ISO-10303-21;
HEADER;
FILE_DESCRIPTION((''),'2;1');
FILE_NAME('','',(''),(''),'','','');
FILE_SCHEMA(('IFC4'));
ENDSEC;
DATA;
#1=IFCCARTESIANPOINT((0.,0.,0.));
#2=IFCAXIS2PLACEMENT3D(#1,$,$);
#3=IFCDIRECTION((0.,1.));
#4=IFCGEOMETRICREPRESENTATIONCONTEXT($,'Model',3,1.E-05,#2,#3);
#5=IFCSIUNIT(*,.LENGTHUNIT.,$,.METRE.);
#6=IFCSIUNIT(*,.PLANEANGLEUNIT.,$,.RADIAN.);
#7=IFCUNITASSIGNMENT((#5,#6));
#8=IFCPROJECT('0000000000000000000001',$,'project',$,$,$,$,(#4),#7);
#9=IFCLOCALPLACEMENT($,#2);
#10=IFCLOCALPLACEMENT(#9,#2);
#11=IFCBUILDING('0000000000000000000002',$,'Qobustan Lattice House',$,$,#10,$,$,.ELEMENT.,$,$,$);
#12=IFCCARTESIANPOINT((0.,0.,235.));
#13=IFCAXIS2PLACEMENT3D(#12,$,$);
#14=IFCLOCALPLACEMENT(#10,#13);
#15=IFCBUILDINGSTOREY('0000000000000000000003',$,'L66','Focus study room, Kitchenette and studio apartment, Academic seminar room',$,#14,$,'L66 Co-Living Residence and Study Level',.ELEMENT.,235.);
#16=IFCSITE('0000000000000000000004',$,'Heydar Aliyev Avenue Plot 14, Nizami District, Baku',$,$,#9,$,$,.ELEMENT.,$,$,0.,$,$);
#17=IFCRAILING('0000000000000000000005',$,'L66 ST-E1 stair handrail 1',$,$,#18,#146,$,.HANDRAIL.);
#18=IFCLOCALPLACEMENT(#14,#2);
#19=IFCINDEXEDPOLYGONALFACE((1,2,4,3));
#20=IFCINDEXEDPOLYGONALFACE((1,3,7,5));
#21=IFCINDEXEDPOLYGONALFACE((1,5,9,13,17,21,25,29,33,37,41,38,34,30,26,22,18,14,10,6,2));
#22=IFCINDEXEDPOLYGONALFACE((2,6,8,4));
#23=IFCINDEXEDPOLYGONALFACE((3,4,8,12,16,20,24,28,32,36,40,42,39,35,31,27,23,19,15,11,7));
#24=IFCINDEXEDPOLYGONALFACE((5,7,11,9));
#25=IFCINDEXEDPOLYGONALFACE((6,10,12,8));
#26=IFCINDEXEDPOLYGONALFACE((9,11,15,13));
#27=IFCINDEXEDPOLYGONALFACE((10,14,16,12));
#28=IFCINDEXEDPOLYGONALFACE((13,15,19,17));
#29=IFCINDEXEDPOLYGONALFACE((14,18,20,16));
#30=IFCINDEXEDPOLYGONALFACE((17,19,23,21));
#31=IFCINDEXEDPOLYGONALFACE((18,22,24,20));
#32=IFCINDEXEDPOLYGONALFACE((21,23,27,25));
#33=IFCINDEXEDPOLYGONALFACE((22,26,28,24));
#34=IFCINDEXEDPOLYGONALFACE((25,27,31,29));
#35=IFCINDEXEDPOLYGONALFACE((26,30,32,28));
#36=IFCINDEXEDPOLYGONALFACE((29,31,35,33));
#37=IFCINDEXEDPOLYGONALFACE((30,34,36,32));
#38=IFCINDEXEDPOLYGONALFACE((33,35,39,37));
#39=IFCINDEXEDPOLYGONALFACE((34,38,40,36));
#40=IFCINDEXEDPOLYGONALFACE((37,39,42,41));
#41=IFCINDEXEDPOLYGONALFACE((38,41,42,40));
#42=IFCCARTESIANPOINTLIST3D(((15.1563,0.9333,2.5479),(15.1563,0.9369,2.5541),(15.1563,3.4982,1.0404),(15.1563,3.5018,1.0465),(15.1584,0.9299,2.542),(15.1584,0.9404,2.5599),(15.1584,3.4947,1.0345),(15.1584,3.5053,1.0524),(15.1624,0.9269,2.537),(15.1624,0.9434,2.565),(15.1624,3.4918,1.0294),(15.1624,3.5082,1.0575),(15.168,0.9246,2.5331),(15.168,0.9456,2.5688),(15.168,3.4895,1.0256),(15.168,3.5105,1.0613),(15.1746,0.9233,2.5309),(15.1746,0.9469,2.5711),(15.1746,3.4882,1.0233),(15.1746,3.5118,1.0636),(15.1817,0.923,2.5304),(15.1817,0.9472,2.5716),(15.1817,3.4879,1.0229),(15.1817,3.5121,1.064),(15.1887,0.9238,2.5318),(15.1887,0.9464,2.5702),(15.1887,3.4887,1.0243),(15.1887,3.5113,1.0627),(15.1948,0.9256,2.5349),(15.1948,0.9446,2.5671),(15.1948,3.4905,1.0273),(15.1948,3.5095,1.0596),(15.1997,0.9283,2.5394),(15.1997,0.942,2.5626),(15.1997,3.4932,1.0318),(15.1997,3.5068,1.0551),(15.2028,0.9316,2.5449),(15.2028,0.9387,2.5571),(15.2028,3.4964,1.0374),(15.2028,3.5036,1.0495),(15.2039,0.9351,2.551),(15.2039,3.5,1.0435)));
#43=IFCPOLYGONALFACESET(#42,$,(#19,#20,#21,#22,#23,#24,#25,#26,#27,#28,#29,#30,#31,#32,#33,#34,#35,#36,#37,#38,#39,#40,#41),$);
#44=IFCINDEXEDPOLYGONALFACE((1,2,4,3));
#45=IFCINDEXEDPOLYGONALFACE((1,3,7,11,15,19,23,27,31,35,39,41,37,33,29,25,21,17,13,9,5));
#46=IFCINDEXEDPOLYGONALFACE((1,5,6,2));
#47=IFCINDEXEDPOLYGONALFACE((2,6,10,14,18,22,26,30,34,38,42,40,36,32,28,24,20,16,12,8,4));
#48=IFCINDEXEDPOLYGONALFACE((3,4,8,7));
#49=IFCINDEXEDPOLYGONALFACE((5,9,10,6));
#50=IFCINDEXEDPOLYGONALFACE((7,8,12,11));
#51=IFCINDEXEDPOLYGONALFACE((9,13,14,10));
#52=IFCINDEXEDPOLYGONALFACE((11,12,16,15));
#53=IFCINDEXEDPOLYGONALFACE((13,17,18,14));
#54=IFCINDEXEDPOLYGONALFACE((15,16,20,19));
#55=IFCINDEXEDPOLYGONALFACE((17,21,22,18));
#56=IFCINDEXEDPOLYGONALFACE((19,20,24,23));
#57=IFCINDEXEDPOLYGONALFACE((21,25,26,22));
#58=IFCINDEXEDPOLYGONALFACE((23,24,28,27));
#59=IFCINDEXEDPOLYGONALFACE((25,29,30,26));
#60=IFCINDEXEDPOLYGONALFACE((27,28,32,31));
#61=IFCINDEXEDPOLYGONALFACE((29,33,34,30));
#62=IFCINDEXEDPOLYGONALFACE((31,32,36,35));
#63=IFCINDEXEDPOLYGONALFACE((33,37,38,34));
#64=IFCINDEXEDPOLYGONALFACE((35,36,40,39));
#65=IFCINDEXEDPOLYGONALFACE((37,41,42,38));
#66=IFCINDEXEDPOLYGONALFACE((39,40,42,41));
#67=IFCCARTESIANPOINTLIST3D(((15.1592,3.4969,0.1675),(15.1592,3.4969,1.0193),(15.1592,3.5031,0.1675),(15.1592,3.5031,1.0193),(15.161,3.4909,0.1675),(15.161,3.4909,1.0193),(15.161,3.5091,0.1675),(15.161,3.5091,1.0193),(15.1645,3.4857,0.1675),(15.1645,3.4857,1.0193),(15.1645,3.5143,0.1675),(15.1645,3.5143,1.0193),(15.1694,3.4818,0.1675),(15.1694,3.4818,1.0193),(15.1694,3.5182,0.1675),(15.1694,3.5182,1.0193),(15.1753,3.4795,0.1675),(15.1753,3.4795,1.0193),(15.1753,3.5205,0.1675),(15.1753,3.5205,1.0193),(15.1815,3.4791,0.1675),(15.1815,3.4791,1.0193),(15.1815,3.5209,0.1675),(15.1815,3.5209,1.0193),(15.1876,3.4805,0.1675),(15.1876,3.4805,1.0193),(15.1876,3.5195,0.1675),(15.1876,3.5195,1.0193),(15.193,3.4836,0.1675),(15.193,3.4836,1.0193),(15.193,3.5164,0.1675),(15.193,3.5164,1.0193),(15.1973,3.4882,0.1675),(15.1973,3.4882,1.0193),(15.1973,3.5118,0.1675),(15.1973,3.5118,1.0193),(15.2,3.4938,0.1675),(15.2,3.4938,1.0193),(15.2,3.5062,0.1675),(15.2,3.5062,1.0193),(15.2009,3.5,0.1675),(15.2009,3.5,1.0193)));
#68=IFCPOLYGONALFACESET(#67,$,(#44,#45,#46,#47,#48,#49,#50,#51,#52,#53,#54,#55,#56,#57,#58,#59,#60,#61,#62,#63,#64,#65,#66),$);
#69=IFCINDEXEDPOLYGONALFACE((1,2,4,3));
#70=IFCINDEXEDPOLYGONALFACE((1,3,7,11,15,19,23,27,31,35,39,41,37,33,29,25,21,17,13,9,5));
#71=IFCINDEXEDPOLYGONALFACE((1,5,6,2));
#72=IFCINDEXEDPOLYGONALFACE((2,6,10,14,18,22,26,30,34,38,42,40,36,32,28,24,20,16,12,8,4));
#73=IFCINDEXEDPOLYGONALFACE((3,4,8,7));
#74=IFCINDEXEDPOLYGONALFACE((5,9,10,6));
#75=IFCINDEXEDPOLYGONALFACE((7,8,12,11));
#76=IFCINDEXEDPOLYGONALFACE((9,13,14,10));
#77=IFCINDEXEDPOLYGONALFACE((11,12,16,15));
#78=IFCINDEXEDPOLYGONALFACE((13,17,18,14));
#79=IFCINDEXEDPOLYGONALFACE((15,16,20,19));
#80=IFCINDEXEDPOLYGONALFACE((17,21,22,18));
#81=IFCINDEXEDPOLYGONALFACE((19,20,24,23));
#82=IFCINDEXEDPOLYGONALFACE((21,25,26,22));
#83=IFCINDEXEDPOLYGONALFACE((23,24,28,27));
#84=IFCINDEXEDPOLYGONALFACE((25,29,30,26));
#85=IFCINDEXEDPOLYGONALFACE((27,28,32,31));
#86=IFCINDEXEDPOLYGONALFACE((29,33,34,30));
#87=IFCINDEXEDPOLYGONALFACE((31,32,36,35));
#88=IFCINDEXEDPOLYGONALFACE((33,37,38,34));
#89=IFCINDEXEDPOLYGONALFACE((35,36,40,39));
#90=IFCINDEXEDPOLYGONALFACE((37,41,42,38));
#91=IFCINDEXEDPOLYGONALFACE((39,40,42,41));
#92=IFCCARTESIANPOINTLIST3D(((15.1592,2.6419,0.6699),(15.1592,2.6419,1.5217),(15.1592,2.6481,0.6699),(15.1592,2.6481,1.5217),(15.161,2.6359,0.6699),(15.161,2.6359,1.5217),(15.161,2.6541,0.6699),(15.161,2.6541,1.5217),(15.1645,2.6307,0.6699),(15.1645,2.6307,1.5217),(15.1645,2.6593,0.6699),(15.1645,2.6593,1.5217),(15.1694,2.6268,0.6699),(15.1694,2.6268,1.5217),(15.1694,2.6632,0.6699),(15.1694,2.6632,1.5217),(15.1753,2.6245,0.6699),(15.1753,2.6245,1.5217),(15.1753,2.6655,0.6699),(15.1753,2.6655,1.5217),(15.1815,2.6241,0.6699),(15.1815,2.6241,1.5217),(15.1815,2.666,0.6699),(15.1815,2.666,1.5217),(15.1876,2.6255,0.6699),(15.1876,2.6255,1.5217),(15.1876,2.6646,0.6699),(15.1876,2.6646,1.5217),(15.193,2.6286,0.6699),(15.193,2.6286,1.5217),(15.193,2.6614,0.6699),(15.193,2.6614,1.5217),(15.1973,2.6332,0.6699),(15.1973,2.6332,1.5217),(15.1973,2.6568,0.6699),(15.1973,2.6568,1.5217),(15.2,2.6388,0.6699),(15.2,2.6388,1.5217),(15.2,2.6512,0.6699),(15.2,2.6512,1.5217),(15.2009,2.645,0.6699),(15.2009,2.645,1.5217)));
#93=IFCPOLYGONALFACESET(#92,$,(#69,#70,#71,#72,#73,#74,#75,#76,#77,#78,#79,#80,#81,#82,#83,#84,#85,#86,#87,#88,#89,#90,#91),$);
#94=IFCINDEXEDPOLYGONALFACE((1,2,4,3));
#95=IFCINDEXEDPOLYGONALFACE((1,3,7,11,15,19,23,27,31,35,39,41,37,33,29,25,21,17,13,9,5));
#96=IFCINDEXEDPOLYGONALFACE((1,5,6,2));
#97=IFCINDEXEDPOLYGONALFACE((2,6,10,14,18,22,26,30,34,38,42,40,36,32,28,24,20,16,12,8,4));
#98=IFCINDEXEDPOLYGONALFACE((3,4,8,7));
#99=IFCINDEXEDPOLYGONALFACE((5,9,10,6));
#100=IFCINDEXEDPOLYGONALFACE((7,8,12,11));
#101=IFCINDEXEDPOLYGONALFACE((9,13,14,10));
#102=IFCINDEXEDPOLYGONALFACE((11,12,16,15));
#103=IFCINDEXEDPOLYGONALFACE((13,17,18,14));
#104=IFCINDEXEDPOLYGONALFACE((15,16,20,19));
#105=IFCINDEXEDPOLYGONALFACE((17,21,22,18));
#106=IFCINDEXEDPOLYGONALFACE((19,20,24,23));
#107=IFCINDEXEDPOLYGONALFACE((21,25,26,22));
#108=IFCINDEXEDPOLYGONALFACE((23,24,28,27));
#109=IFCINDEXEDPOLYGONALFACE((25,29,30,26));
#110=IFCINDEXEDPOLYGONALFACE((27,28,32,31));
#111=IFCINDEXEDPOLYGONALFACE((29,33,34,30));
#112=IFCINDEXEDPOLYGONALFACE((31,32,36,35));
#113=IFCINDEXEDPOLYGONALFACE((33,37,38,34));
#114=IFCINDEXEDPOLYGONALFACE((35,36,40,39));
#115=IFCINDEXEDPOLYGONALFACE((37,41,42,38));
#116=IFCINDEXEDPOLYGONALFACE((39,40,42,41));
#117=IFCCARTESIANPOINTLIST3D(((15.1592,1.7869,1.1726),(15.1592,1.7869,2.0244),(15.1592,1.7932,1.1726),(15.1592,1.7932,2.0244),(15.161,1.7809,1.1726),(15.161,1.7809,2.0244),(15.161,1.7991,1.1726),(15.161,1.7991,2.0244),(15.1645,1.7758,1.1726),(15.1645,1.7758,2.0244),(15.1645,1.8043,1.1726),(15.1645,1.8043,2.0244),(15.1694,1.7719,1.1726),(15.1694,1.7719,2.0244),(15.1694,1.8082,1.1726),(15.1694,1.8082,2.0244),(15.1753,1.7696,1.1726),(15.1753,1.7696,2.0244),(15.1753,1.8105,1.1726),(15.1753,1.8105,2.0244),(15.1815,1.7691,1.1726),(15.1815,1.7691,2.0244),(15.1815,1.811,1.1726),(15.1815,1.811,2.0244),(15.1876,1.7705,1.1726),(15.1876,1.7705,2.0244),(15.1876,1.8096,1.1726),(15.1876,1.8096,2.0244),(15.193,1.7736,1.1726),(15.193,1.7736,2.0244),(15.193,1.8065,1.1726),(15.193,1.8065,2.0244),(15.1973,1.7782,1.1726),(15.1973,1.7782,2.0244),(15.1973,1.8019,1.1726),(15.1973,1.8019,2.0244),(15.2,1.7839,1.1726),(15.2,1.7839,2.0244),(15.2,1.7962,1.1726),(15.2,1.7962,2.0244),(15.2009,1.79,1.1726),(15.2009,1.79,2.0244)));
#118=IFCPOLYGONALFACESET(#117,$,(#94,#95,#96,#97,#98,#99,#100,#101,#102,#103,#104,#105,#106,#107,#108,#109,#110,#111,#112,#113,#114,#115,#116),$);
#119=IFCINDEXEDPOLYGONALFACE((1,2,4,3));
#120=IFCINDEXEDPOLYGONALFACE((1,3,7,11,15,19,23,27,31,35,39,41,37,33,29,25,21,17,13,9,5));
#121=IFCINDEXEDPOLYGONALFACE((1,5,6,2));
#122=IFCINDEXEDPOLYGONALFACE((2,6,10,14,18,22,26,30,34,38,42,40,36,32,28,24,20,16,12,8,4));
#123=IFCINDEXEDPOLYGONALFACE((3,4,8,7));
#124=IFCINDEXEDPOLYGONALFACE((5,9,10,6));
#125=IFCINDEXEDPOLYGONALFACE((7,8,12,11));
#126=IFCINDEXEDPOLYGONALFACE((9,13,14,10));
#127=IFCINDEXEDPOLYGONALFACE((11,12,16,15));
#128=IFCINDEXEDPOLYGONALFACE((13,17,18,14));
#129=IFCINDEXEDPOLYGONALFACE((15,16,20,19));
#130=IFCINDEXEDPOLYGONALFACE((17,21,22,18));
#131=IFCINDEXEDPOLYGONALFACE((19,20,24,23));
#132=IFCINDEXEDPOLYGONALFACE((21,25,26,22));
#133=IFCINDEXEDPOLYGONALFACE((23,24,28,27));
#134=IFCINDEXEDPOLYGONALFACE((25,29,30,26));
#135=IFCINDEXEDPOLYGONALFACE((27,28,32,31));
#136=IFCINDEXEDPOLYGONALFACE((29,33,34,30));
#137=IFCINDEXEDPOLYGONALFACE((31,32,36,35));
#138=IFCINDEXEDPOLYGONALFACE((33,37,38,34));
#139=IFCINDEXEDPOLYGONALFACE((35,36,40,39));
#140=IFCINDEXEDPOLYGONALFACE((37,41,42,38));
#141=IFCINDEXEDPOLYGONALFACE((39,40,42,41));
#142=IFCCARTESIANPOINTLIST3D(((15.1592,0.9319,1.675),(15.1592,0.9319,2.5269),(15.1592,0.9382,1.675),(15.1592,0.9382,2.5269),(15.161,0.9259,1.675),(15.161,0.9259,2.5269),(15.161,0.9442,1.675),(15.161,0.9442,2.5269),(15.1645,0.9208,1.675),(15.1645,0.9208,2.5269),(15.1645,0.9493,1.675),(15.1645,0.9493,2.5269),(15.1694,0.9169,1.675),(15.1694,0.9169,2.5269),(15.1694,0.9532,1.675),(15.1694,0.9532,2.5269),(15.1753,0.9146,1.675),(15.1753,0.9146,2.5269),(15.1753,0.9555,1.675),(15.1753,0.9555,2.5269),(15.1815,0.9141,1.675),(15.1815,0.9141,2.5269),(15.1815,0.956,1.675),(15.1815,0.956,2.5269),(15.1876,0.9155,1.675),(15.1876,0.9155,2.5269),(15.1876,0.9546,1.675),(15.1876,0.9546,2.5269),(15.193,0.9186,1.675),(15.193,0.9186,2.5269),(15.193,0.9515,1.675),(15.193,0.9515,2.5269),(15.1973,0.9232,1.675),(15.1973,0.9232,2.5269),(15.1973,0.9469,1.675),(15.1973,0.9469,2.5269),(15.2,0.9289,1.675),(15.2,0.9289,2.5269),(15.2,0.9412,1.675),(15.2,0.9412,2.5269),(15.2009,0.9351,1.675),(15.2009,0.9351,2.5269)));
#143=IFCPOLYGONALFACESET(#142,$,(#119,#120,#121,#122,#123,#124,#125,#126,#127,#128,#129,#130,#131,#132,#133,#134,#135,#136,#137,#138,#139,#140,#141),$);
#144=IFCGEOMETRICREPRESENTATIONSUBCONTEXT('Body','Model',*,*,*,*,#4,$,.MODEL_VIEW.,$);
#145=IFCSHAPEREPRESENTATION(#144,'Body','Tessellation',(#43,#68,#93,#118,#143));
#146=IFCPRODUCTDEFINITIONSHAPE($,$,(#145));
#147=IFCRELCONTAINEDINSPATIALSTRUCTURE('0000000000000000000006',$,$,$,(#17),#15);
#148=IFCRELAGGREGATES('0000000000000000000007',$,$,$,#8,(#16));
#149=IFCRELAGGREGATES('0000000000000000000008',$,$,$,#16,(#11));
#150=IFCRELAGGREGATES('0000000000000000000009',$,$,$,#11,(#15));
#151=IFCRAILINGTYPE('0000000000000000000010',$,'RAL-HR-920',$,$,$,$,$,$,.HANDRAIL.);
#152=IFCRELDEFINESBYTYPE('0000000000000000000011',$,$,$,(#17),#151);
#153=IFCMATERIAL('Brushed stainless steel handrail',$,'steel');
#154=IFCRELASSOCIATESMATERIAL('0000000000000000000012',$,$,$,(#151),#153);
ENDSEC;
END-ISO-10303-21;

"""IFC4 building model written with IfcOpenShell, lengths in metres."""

from ifc_helpers import new_model, si_unit, direction, frame, origin, origin_2d, place, context, subcontext, project, spatial, circle, extrude, material, type_object, element, save


model = new_model("IFC4")

# Units and contexts
model_context = context("Model", 3, precision=1e-05, world=origin(), true_north=direction((0.0, 1.0)))
body_context = subcontext(model_context, "Body", "Model", "MODEL_VIEW")
ifc_project = project(units=[si_unit("LENGTHUNIT", "METRE"), si_unit("PLANEANGLEUNIT", "RADIAN")], contexts=[model_context])

# Site, building, storey
site_placement = place(None, origin())
site = spatial("IfcSite", under=ifc_project, at=site_placement, Name="Heydar Aliyev Avenue Plot 14, Nizami District, Baku", CompositionType="ELEMENT", RefElevation=0.0)
building_placement = place(site_placement, origin())
building = spatial("IfcBuilding", under=site, at=building_placement, Name="Qobustan Lattice House", CompositionType="ELEMENT")
storey_placement = place(building_placement, frame((0.0, 0.0, 235.0)))
storey = spatial("IfcBuildingStorey", under=building, at=storey_placement, Name="L66", Description="Focus study room, Kitchenette and studio apartment, Academic seminar room", LongName="L66 Co-Living Residence and Study Level", CompositionType="ELEMENT", Elevation=235.0)

# Railing
ifc_material_1 = material(Name="Brushed stainless steel handrail", Category="steel")
railing_type_1 = type_object("IfcRailingType", Name="RAL-HR-920", PredefinedType="HANDRAIL", material=ifc_material_1)
railing_1_placement = place(storey_placement, frame((15.1799, 3.5, 0.1675)))
element("IfcRailing", 1, at=railing_1_placement, inside=storey, type_object=railing_type_1, Name="L66 ST-E1 stair handrail 1", PredefinedType="HANDRAIL", context=body_context, shape_type="SweptSolid", body=[
    extrude(circle(Radius=0.0239, at=origin_2d()), frame((0.0, 0.0, 0.876), z_axis=(0.0, -0.862113, 0.506715), x_axis=(1.0, 0.0, 0.0)), (0.0, 0.0, 1.0), 2.9751),
    extrude(circle(Radius=0.021, at=origin_2d()), origin(), (0.0, 0.0, 1.0), 0.8518),
    extrude(circle(Radius=0.021, at=origin_2d()), frame((0.0, -0.855, 0.5024)), (0.0, 0.0, 1.0), 0.8518),
    extrude(circle(Radius=0.021, at=origin_2d()), frame((0.0, -1.71, 1.0051)), (0.0, 0.0, 1.0), 0.8518),
    extrude(circle(Radius=0.021, at=origin_2d()), frame((0.0, -2.5649, 1.5076)), (0.0, 0.0, 1.0), 0.8518),
])

save(model, "model.ifc")
